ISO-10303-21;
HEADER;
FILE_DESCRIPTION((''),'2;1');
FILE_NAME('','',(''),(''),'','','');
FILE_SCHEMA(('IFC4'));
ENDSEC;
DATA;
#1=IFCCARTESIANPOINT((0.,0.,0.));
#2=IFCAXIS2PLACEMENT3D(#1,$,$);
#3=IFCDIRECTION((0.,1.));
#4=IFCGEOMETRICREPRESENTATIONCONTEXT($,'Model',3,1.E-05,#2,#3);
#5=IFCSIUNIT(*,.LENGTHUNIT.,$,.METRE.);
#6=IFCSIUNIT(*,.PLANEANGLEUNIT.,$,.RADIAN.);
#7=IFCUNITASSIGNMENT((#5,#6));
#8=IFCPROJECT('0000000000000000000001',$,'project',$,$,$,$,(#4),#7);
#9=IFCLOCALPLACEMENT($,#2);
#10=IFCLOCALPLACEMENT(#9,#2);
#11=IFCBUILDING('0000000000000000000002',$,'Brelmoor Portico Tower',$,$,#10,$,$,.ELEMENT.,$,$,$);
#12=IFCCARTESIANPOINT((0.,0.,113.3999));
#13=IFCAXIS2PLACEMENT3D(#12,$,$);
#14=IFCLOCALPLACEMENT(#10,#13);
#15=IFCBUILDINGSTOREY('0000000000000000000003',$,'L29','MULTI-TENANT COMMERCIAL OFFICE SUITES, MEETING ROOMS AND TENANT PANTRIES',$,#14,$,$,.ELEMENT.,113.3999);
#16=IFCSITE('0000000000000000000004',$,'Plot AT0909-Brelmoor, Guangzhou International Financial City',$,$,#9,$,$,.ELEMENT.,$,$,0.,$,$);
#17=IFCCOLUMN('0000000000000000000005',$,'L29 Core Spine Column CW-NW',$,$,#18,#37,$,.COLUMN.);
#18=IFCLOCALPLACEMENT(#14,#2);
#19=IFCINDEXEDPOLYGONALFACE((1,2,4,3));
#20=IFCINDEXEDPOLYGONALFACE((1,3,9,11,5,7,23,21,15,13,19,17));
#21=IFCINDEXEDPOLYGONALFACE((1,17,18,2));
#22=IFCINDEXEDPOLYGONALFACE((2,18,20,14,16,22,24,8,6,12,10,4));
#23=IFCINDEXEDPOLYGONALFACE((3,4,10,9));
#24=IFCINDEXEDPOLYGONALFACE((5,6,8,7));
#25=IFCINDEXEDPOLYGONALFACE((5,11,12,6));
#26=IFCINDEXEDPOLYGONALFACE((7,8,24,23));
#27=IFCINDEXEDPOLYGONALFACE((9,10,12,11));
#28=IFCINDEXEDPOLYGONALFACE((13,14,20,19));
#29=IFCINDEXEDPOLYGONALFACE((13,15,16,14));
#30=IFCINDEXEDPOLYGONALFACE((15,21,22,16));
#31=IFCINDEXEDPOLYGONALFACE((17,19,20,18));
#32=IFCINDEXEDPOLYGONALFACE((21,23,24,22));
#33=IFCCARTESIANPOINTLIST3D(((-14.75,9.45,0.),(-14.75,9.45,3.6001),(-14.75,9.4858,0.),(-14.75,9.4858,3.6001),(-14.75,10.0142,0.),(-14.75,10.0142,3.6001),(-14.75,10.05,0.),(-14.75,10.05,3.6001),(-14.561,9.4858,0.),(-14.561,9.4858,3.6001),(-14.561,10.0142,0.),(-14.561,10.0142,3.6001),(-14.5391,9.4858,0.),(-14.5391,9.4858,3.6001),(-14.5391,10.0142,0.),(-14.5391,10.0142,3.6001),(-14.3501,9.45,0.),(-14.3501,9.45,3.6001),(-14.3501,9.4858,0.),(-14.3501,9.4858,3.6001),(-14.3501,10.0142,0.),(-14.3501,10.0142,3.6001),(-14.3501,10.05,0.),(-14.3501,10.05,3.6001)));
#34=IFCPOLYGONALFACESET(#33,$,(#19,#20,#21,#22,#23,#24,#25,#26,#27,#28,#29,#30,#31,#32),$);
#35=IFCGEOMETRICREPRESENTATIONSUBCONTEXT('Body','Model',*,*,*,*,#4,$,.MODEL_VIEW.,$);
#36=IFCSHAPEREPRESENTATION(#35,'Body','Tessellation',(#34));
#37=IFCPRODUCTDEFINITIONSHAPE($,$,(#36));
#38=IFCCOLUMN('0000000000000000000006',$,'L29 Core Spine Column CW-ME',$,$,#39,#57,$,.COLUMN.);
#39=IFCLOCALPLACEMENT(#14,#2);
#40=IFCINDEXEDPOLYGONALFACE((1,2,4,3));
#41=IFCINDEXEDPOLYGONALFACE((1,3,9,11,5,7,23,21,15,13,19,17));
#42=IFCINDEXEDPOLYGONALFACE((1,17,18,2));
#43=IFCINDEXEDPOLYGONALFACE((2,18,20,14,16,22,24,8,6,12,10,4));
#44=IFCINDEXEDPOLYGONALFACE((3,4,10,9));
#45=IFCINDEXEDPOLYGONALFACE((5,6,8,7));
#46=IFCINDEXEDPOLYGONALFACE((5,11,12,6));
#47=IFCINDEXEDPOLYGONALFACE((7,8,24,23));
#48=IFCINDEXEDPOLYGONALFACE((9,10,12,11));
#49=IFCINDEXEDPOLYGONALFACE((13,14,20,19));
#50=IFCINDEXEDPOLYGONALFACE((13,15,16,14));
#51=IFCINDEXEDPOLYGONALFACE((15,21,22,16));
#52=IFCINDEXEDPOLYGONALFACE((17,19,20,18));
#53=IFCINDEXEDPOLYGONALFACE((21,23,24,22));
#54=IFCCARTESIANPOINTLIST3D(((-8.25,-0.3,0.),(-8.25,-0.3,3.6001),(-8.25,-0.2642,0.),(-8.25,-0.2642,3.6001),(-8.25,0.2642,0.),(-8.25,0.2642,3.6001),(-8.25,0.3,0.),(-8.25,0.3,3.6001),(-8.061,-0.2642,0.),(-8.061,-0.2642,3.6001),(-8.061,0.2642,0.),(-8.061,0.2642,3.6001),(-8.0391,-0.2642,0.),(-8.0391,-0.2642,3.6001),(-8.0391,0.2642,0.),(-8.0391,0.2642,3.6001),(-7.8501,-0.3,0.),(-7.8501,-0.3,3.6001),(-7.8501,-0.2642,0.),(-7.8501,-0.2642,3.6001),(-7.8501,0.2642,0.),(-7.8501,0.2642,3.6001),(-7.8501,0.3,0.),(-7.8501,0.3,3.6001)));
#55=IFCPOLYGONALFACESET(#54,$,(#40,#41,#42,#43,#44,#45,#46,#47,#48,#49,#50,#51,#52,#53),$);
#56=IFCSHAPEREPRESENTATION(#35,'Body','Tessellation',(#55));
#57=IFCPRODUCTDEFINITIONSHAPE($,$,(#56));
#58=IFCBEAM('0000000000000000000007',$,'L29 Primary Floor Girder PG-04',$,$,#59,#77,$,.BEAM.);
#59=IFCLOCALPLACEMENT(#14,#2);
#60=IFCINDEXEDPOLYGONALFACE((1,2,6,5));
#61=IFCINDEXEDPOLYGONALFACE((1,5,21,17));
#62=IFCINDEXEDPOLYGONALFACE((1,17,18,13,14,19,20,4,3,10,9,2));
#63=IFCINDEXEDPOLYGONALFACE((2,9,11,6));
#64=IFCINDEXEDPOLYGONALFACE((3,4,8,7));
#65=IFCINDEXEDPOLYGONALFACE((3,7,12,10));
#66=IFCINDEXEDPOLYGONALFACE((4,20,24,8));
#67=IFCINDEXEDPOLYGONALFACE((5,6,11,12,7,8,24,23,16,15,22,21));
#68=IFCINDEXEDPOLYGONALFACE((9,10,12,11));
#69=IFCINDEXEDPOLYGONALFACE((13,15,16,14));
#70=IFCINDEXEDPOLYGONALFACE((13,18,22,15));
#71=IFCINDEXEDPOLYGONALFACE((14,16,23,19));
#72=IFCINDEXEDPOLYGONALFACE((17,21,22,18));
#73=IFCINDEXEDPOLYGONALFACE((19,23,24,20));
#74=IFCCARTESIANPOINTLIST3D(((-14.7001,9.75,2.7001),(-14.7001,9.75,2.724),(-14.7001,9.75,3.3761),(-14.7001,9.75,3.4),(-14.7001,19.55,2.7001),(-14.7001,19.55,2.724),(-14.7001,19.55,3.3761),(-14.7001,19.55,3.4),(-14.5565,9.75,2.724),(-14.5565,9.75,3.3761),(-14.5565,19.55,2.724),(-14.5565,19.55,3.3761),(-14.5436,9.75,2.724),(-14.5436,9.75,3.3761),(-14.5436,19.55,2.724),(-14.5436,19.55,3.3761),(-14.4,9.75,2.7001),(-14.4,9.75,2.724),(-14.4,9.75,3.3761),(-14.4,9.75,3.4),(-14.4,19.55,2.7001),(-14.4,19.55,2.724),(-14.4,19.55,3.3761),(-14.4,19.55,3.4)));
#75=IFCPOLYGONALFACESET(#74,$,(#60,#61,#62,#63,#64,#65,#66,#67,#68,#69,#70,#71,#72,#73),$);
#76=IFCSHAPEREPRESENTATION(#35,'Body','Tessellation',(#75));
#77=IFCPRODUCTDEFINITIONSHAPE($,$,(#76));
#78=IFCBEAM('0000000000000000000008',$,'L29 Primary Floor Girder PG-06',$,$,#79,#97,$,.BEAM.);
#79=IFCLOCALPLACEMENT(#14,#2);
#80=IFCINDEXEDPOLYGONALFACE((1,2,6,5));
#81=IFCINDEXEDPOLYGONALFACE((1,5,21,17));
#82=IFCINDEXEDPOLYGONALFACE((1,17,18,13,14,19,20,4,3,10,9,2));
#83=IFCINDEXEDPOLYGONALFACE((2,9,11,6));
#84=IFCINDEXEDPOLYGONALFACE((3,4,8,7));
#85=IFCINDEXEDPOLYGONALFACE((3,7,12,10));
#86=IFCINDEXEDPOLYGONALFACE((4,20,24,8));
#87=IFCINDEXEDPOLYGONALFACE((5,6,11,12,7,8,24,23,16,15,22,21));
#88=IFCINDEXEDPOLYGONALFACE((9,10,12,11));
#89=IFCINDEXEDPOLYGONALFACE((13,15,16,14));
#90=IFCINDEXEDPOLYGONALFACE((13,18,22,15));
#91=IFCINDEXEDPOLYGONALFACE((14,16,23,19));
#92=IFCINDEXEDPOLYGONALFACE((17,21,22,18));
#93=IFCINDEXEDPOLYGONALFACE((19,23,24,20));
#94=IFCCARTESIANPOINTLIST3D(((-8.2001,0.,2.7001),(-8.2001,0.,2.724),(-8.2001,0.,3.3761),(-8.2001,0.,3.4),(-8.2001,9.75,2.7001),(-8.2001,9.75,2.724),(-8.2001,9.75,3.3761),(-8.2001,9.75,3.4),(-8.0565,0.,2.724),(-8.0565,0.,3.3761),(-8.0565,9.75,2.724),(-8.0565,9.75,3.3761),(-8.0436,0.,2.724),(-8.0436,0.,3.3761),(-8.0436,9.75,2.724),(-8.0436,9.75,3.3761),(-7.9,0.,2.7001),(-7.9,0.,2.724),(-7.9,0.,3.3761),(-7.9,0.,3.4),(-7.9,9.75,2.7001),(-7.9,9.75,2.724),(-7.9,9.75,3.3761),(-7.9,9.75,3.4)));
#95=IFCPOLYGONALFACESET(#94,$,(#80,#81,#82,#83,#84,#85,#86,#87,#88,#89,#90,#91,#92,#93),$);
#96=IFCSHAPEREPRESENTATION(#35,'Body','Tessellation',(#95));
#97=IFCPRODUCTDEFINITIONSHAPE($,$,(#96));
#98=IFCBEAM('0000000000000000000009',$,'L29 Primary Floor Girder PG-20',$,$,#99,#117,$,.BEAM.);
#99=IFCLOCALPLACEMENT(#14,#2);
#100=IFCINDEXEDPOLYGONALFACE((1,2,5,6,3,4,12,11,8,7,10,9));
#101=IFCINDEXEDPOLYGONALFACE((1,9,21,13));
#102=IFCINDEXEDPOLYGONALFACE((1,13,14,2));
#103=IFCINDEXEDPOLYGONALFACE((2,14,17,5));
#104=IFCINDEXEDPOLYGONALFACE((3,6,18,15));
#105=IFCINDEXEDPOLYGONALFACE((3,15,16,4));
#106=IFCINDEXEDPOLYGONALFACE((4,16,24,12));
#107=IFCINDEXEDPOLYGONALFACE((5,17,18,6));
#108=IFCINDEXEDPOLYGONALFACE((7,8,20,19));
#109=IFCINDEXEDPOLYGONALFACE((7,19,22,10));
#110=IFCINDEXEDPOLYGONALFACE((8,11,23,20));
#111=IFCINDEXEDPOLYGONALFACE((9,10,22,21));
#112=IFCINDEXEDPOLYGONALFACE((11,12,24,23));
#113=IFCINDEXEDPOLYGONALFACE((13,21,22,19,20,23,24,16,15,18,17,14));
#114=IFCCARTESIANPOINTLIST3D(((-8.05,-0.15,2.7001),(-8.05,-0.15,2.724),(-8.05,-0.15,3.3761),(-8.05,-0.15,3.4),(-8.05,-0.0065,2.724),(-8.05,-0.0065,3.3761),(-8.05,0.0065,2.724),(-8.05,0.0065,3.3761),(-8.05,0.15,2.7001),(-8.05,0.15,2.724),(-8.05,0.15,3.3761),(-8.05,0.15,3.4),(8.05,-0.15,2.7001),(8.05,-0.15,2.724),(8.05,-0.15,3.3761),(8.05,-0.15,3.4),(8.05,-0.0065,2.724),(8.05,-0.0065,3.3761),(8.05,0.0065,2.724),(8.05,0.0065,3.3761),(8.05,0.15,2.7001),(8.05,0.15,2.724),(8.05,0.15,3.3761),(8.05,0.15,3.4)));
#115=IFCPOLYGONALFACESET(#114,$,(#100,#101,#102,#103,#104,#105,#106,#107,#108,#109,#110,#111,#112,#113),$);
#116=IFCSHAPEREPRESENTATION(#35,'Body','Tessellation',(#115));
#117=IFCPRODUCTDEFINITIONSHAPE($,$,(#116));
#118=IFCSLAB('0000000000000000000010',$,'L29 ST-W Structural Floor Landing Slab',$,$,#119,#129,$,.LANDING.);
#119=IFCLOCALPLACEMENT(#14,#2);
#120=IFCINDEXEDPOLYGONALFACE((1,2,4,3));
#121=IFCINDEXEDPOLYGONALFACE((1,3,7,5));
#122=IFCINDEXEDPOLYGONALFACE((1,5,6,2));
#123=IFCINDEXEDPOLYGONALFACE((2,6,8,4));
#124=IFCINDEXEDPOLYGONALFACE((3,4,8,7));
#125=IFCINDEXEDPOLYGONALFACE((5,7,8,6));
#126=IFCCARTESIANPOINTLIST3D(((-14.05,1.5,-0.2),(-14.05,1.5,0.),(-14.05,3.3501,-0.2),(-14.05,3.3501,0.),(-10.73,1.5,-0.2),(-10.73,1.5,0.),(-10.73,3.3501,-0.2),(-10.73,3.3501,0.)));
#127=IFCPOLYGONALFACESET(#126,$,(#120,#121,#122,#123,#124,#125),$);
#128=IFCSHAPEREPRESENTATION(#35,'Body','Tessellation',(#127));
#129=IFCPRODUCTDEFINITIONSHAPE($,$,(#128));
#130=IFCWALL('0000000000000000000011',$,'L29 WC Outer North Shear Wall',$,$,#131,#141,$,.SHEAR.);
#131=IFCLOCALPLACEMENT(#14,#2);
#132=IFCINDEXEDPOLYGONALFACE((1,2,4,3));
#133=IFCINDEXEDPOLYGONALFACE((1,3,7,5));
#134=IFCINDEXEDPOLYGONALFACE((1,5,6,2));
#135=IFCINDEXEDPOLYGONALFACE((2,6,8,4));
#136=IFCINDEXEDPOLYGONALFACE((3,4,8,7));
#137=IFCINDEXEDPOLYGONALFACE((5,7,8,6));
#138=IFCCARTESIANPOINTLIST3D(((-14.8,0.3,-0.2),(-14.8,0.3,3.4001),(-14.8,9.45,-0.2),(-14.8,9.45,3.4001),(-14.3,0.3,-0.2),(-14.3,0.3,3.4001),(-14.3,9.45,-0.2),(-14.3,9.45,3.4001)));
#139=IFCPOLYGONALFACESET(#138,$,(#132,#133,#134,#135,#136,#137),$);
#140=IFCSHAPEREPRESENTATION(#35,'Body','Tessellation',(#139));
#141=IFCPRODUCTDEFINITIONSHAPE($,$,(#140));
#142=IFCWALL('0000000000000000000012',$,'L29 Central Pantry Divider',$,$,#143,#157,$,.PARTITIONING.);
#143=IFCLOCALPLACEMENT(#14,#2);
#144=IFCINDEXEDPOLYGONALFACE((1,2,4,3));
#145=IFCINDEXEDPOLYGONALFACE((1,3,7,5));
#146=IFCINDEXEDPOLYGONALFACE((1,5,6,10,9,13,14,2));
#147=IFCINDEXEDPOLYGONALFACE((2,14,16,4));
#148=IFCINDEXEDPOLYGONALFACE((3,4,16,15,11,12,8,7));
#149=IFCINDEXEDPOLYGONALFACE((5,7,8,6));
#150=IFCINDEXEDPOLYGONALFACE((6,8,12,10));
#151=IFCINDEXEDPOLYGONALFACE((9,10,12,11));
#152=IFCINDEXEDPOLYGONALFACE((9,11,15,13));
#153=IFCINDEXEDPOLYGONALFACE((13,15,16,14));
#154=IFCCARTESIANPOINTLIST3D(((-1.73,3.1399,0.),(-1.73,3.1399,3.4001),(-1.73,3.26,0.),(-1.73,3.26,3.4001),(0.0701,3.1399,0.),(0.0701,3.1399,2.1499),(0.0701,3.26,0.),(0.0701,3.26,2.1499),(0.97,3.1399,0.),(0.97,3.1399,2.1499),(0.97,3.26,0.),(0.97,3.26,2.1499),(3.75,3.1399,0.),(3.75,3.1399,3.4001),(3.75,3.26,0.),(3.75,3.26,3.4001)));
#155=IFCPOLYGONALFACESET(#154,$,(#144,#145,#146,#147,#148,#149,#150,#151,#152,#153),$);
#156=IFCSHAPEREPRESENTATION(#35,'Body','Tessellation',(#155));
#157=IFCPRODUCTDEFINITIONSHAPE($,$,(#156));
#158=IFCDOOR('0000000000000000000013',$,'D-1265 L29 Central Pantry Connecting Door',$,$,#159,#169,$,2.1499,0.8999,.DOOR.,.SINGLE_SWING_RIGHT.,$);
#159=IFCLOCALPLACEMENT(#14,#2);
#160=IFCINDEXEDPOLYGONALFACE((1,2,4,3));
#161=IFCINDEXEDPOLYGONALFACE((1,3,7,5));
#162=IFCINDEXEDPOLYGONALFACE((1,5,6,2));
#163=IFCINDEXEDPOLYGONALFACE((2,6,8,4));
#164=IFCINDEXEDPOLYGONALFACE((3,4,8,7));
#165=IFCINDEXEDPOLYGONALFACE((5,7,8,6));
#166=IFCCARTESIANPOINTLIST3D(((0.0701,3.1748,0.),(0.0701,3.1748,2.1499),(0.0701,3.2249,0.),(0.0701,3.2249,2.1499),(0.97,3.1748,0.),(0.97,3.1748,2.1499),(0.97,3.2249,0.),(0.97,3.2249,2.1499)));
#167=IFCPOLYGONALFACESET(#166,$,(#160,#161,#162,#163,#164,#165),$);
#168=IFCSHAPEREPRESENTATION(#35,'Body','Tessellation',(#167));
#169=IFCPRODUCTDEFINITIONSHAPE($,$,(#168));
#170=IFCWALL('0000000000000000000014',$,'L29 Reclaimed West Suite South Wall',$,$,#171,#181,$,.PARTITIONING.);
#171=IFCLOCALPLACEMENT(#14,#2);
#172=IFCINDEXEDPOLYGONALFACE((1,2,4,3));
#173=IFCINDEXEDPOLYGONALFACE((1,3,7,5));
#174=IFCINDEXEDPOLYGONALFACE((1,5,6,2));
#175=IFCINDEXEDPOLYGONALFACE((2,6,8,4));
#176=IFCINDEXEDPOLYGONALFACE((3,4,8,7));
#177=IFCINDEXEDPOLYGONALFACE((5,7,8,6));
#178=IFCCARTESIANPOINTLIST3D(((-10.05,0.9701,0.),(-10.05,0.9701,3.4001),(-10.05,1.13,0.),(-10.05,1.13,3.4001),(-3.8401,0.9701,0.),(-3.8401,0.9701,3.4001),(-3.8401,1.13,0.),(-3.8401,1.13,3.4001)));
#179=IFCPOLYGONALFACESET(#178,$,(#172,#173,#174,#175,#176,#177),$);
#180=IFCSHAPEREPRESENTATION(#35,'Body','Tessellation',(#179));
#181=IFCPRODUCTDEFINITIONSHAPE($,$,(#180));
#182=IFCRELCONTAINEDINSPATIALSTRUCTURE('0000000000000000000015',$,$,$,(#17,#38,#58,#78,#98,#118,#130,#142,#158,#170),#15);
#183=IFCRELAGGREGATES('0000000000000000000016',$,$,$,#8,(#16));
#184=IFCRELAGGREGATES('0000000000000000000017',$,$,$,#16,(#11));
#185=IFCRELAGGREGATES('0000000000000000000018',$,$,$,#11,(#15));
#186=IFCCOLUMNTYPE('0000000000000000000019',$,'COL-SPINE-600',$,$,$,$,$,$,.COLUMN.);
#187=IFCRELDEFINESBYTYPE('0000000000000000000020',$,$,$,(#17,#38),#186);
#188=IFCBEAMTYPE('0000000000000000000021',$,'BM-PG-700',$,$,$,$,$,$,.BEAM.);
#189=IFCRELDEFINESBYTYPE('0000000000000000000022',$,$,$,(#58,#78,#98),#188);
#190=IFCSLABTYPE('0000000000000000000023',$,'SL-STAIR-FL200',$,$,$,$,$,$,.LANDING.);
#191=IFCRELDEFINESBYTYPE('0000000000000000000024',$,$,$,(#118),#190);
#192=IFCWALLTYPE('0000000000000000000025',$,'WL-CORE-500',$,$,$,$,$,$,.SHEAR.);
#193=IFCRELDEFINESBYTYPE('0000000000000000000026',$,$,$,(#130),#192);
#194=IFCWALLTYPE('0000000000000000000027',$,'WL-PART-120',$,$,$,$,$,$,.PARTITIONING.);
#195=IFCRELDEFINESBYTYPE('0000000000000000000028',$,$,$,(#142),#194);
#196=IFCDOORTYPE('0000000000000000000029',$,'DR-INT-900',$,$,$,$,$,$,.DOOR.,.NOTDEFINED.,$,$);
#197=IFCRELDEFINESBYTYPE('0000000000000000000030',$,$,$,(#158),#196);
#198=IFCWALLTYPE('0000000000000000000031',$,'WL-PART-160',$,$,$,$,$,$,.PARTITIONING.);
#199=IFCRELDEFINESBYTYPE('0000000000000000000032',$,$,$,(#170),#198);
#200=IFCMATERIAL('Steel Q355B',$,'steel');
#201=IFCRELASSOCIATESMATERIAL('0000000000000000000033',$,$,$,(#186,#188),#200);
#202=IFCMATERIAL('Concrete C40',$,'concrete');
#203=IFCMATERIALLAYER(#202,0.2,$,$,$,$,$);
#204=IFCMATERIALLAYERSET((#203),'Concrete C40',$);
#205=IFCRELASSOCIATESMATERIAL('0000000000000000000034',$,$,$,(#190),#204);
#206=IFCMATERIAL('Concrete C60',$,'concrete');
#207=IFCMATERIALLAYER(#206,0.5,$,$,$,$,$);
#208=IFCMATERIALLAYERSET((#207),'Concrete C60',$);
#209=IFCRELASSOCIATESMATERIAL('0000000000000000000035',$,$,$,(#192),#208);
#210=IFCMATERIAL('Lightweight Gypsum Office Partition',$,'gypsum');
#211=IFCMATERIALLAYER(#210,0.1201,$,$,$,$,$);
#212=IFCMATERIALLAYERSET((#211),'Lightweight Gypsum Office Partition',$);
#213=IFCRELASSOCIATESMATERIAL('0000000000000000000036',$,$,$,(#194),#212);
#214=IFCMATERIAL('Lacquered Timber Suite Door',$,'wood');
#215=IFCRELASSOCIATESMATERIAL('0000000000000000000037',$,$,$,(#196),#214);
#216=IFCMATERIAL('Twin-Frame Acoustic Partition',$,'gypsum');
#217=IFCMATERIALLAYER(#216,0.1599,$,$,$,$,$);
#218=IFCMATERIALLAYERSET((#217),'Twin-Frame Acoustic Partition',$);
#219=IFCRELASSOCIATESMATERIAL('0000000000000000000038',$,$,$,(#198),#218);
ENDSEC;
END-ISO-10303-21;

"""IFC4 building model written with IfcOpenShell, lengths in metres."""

from ifc_helpers import new_model, si_unit, direction, frame, frame_2d, origin, origin_2d, place, context, subcontext, project, spatial, polyline, rectangle, i_section, outline, extrude, material, layer, layer_set, material_profile, profile_set, type_object, element, fill, save


model = new_model("IFC4")

# Units and contexts
model_context = context("Model", 3, precision=1e-05, world=origin(), true_north=direction((0.0, 1.0)))
body_context = subcontext(model_context, "Body", "Model", "MODEL_VIEW")
ifc_project = project(units=[si_unit("LENGTHUNIT", "METRE"), si_unit("PLANEANGLEUNIT", "RADIAN")], contexts=[model_context])

# Site, building, storey
site_placement = place(None, origin())
site = spatial("IfcSite", under=ifc_project, at=site_placement, Name="Plot AT0909-Brelmoor, Guangzhou International Financial City", CompositionType="ELEMENT", RefElevation=0.0)
building_placement = place(site_placement, origin())
building = spatial("IfcBuilding", under=site, at=building_placement, Name="Brelmoor Portico Tower", CompositionType="ELEMENT")
storey_placement = place(building_placement, frame((0.0, 0.0, 113.3999)))
storey = spatial("IfcBuildingStorey", under=building, at=storey_placement, Name="L29", Description="MULTI-TENANT COMMERCIAL OFFICE SUITES, MEETING ROOMS AND TENANT PANTRIES", CompositionType="ELEMENT", Elevation=113.3999)

# Columns
ifc_material_1 = material(Name="Steel Q355B", Category="steel")
ifc_material_profile_1 = material_profile(ifc_material_1, i_section(OverallWidth=0.3999, OverallDepth=0.6001, WebThickness=0.022, FlangeThickness=0.0359, at=origin_2d()), Name="HW 600x400x22x36")
ifc_profile_set_1 = profile_set([ifc_material_profile_1], Name="Steel Q355B")
column_type = type_object("IfcColumnType", Name="COL-SPINE-600", PredefinedType="COLUMN", material=ifc_profile_set_1)
for number, where, z_axis, x_axis, name in (
    (1, (-14.55, 9.75, 0.0), (0.0, 0.0, 1.0), (1.0, 0.0, 0.0), "L29 Core Spine Column CW-NW"),
    (2, (-8.05, 0.0, 0.0), (0.0, 0.0, 1.0), (1.0, 0.0, 0.0), "L29 Core Spine Column CW-ME"),
):
    element("IfcColumn", number, at=place(storey_placement, frame(where, z_axis=z_axis, x_axis=x_axis)), inside=storey, type_object=column_type, Name=name, PredefinedType="COLUMN", context=body_context, shape_type="SweptSolid", body=[
        extrude(i_section(OverallWidth=0.3999, OverallDepth=0.6001, WebThickness=0.022, FlangeThickness=0.0359, at=origin_2d()), origin(), (0.0, 0.0, 1.0), 3.6001),
    ])

# Beams
ifc_material_profile_2 = material_profile(ifc_material_1, i_section(OverallWidth=0.3, OverallDepth=0.7, WebThickness=0.0129, FlangeThickness=0.0239, at=origin_2d()), Name="HN 700x300x13x24")
ifc_profile_set_2 = profile_set([ifc_material_profile_2], Name="Steel Q355B")
beam_type = type_object("IfcBeamType", Name="BM-PG-700", PredefinedType="BEAM", material=ifc_profile_set_2)
beam_1_placement = place(storey_placement, frame((-14.55, 9.75, 3.05), z_axis=(0.0, 1.0, 0.0), x_axis=(-1.0, 0.0, 0.0)))
element("IfcBeam", 3, at=beam_1_placement, inside=storey, type_object=beam_type, Name="L29 Primary Floor Girder PG-04", PredefinedType="BEAM", context=body_context, shape_type="SweptSolid", body=[
    extrude(i_section(OverallWidth=0.3, OverallDepth=0.7, WebThickness=0.0129, FlangeThickness=0.0239, at=origin_2d()), origin(), (0.0, 0.0, 1.0), 9.8),
])
beam_2_placement = place(storey_placement, frame((-8.05, 0.0, 3.05), z_axis=(0.0, 1.0, 0.0), x_axis=(-1.0, 0.0, 0.0)))
element("IfcBeam", 4, at=beam_2_placement, inside=storey, type_object=beam_type, Name="L29 Primary Floor Girder PG-06", PredefinedType="BEAM", context=body_context, shape_type="SweptSolid", body=[
    extrude(i_section(OverallWidth=0.3, OverallDepth=0.7, WebThickness=0.0129, FlangeThickness=0.0239, at=origin_2d()), origin(), (0.0, 0.0, 1.0), 9.75),
])
beam_3_placement = place(storey_placement, frame((-8.05, 0.0, 3.05), z_axis=(1.0, 0.0, 0.0), x_axis=(0.0, 1.0, 0.0)))
element("IfcBeam", 5, at=beam_3_placement, inside=storey, type_object=beam_type, Name="L29 Primary Floor Girder PG-20", PredefinedType="BEAM", context=body_context, shape_type="SweptSolid", body=[
    extrude(i_section(OverallWidth=0.3, OverallDepth=0.7, WebThickness=0.0129, FlangeThickness=0.0239, at=origin_2d()), origin(), (0.0, 0.0, 1.0), 16.1001),
])

# Slab
ifc_material_2 = material(Name="Concrete C40", Category="concrete")
ifc_layer_1 = layer(ifc_material_2, 0.2)
ifc_layer_set_1 = layer_set([ifc_layer_1], Name="Concrete C40")
slab_type = type_object("IfcSlabType", Name="SL-STAIR-FL200", PredefinedType="LANDING", material=ifc_layer_set_1)
slab_placement = place(storey_placement, frame((0.0, 0.0, -0.2)))
element("IfcSlab", 6, at=slab_placement, inside=storey, type_object=slab_type, Name="L29 ST-W Structural Floor Landing Slab", PredefinedType="LANDING", context=body_context, shape_type="SweptSolid", body=[
    extrude(outline(polyline([(-10.73, 1.5), (-10.73, 3.3501), (-14.05, 3.3501), (-14.05, 1.5), (-10.73, 1.5)])), origin(), (0.0, 0.0, 1.0), 0.2),
])

# Wall
ifc_material_3 = material(Name="Concrete C60", Category="concrete")
ifc_layer_2 = layer(ifc_material_3, 0.5)
ifc_layer_set_2 = layer_set([ifc_layer_2], Name="Concrete C60")
wall_type_1 = type_object("IfcWallType", Name="WL-CORE-500", PredefinedType="SHEAR", material=ifc_layer_set_2)
wall_1_placement = place(storey_placement, frame((-14.55, 0.3, -0.2), z_axis=(0.0, 0.0, 1.0), x_axis=(0.0, 1.0, 0.0)))
element("IfcWall", 7, at=wall_1_placement, inside=storey, type_object=wall_type_1, Name="L29 WC Outer North Shear Wall", PredefinedType="SHEAR", context=body_context, shape_type="SweptSolid", body=[
    extrude(rectangle(XDim=9.1499, YDim=0.5, at=frame_2d((4.575, 0.0))), origin(), (0.0, 0.0, 1.0), 3.6001),
])

# Wall, opening, door
ifc_material_4 = material(Name="Lightweight Gypsum Office Partition", Category="gypsum")
ifc_layer_3 = layer(ifc_material_4, 0.1201)
ifc_layer_set_3 = layer_set([ifc_layer_3], Name="Lightweight Gypsum Office Partition")
wall_type_2 = type_object("IfcWallType", Name="WL-PART-120", PredefinedType="PARTITIONING", material=ifc_layer_set_3)
wall_2_placement = place(storey_placement, frame((-1.73, 3.2, 0.0), z_axis=(0.0, 0.0, 1.0), x_axis=(1.0, 0.0, 0.0)))
wall_2 = element("IfcWall", 8, at=wall_2_placement, inside=storey, type_object=wall_type_2, Name="L29 Central Pantry Divider", PredefinedType="PARTITIONING", context=body_context, shape_type="SweptSolid", body=[
    extrude(rectangle(XDim=5.48, YDim=0.1201, at=frame_2d((2.74, 0.0))), origin(), (0.0, 0.0, 1.0), 3.4001),
])
opening_1_placement = place(wall_2_placement, frame((1.8, 0.0, 0.0)))
opening_1 = element("IfcOpeningElement", 9, at=opening_1_placement, cuts=wall_2, PredefinedType="OPENING", context=body_context, shape_type="SweptSolid", body=[
    extrude(rectangle(XDim=0.8999, YDim=2.1499, at=frame_2d((0.45, 1.075))), frame((0.0, 0.0701, 0.0), z_axis=(0.0, -1.0, 0.0), x_axis=(1.0, 0.0, 0.0)), (0.0, 0.0, 1.0), 0.1401),
])
ifc_material_5 = material(Name="Lacquered Timber Suite Door", Category="wood")
door_type_1 = type_object("IfcDoorType", Name="DR-INT-900", OperationType="NOTDEFINED", PredefinedType="DOOR", material=ifc_material_5)
door_1_placement = place(opening_1_placement, origin())
door_1 = element("IfcDoor", 10, at=door_1_placement, inside=storey, type_object=door_type_1, Name="D-1265 L29 Central Pantry Connecting Door", OperationType="SINGLE_SWING_RIGHT", OverallHeight=2.1499, OverallWidth=0.8999, PredefinedType="DOOR", context=body_context, shape_type="SweptSolid", body=[
    extrude(rectangle(XDim=0.8999, YDim=2.1499, at=frame_2d((0.45, 1.075))), frame((0.0, 0.0249, 0.0), z_axis=(0.0, -1.0, 0.0), x_axis=(1.0, 0.0, 0.0)), (0.0, 0.0, 1.0), 0.05),
])
fill(opening_1, door_1)

# Wall
ifc_material_6 = material(Name="Twin-Frame Acoustic Partition", Category="gypsum")
ifc_layer_4 = layer(ifc_material_6, 0.1599)
ifc_layer_set_4 = layer_set([ifc_layer_4], Name="Twin-Frame Acoustic Partition")
wall_type_3 = type_object("IfcWallType", Name="WL-PART-160", PredefinedType="PARTITIONING", material=ifc_layer_set_4)
wall_3_placement = place(storey_placement, frame((-10.05, 1.05, 0.0), z_axis=(0.0, 0.0, 1.0), x_axis=(1.0, 0.0, 0.0)))
element("IfcWall", 11, at=wall_3_placement, inside=storey, type_object=wall_type_3, Name="L29 Reclaimed West Suite South Wall", PredefinedType="PARTITIONING", context=body_context, shape_type="SweptSolid", body=[
    extrude(rectangle(XDim=6.21, YDim=0.1599, at=frame_2d((3.105, 0.0))), origin(), (0.0, 0.0, 1.0), 3.4001),
])

save(model, "model.ifc")
